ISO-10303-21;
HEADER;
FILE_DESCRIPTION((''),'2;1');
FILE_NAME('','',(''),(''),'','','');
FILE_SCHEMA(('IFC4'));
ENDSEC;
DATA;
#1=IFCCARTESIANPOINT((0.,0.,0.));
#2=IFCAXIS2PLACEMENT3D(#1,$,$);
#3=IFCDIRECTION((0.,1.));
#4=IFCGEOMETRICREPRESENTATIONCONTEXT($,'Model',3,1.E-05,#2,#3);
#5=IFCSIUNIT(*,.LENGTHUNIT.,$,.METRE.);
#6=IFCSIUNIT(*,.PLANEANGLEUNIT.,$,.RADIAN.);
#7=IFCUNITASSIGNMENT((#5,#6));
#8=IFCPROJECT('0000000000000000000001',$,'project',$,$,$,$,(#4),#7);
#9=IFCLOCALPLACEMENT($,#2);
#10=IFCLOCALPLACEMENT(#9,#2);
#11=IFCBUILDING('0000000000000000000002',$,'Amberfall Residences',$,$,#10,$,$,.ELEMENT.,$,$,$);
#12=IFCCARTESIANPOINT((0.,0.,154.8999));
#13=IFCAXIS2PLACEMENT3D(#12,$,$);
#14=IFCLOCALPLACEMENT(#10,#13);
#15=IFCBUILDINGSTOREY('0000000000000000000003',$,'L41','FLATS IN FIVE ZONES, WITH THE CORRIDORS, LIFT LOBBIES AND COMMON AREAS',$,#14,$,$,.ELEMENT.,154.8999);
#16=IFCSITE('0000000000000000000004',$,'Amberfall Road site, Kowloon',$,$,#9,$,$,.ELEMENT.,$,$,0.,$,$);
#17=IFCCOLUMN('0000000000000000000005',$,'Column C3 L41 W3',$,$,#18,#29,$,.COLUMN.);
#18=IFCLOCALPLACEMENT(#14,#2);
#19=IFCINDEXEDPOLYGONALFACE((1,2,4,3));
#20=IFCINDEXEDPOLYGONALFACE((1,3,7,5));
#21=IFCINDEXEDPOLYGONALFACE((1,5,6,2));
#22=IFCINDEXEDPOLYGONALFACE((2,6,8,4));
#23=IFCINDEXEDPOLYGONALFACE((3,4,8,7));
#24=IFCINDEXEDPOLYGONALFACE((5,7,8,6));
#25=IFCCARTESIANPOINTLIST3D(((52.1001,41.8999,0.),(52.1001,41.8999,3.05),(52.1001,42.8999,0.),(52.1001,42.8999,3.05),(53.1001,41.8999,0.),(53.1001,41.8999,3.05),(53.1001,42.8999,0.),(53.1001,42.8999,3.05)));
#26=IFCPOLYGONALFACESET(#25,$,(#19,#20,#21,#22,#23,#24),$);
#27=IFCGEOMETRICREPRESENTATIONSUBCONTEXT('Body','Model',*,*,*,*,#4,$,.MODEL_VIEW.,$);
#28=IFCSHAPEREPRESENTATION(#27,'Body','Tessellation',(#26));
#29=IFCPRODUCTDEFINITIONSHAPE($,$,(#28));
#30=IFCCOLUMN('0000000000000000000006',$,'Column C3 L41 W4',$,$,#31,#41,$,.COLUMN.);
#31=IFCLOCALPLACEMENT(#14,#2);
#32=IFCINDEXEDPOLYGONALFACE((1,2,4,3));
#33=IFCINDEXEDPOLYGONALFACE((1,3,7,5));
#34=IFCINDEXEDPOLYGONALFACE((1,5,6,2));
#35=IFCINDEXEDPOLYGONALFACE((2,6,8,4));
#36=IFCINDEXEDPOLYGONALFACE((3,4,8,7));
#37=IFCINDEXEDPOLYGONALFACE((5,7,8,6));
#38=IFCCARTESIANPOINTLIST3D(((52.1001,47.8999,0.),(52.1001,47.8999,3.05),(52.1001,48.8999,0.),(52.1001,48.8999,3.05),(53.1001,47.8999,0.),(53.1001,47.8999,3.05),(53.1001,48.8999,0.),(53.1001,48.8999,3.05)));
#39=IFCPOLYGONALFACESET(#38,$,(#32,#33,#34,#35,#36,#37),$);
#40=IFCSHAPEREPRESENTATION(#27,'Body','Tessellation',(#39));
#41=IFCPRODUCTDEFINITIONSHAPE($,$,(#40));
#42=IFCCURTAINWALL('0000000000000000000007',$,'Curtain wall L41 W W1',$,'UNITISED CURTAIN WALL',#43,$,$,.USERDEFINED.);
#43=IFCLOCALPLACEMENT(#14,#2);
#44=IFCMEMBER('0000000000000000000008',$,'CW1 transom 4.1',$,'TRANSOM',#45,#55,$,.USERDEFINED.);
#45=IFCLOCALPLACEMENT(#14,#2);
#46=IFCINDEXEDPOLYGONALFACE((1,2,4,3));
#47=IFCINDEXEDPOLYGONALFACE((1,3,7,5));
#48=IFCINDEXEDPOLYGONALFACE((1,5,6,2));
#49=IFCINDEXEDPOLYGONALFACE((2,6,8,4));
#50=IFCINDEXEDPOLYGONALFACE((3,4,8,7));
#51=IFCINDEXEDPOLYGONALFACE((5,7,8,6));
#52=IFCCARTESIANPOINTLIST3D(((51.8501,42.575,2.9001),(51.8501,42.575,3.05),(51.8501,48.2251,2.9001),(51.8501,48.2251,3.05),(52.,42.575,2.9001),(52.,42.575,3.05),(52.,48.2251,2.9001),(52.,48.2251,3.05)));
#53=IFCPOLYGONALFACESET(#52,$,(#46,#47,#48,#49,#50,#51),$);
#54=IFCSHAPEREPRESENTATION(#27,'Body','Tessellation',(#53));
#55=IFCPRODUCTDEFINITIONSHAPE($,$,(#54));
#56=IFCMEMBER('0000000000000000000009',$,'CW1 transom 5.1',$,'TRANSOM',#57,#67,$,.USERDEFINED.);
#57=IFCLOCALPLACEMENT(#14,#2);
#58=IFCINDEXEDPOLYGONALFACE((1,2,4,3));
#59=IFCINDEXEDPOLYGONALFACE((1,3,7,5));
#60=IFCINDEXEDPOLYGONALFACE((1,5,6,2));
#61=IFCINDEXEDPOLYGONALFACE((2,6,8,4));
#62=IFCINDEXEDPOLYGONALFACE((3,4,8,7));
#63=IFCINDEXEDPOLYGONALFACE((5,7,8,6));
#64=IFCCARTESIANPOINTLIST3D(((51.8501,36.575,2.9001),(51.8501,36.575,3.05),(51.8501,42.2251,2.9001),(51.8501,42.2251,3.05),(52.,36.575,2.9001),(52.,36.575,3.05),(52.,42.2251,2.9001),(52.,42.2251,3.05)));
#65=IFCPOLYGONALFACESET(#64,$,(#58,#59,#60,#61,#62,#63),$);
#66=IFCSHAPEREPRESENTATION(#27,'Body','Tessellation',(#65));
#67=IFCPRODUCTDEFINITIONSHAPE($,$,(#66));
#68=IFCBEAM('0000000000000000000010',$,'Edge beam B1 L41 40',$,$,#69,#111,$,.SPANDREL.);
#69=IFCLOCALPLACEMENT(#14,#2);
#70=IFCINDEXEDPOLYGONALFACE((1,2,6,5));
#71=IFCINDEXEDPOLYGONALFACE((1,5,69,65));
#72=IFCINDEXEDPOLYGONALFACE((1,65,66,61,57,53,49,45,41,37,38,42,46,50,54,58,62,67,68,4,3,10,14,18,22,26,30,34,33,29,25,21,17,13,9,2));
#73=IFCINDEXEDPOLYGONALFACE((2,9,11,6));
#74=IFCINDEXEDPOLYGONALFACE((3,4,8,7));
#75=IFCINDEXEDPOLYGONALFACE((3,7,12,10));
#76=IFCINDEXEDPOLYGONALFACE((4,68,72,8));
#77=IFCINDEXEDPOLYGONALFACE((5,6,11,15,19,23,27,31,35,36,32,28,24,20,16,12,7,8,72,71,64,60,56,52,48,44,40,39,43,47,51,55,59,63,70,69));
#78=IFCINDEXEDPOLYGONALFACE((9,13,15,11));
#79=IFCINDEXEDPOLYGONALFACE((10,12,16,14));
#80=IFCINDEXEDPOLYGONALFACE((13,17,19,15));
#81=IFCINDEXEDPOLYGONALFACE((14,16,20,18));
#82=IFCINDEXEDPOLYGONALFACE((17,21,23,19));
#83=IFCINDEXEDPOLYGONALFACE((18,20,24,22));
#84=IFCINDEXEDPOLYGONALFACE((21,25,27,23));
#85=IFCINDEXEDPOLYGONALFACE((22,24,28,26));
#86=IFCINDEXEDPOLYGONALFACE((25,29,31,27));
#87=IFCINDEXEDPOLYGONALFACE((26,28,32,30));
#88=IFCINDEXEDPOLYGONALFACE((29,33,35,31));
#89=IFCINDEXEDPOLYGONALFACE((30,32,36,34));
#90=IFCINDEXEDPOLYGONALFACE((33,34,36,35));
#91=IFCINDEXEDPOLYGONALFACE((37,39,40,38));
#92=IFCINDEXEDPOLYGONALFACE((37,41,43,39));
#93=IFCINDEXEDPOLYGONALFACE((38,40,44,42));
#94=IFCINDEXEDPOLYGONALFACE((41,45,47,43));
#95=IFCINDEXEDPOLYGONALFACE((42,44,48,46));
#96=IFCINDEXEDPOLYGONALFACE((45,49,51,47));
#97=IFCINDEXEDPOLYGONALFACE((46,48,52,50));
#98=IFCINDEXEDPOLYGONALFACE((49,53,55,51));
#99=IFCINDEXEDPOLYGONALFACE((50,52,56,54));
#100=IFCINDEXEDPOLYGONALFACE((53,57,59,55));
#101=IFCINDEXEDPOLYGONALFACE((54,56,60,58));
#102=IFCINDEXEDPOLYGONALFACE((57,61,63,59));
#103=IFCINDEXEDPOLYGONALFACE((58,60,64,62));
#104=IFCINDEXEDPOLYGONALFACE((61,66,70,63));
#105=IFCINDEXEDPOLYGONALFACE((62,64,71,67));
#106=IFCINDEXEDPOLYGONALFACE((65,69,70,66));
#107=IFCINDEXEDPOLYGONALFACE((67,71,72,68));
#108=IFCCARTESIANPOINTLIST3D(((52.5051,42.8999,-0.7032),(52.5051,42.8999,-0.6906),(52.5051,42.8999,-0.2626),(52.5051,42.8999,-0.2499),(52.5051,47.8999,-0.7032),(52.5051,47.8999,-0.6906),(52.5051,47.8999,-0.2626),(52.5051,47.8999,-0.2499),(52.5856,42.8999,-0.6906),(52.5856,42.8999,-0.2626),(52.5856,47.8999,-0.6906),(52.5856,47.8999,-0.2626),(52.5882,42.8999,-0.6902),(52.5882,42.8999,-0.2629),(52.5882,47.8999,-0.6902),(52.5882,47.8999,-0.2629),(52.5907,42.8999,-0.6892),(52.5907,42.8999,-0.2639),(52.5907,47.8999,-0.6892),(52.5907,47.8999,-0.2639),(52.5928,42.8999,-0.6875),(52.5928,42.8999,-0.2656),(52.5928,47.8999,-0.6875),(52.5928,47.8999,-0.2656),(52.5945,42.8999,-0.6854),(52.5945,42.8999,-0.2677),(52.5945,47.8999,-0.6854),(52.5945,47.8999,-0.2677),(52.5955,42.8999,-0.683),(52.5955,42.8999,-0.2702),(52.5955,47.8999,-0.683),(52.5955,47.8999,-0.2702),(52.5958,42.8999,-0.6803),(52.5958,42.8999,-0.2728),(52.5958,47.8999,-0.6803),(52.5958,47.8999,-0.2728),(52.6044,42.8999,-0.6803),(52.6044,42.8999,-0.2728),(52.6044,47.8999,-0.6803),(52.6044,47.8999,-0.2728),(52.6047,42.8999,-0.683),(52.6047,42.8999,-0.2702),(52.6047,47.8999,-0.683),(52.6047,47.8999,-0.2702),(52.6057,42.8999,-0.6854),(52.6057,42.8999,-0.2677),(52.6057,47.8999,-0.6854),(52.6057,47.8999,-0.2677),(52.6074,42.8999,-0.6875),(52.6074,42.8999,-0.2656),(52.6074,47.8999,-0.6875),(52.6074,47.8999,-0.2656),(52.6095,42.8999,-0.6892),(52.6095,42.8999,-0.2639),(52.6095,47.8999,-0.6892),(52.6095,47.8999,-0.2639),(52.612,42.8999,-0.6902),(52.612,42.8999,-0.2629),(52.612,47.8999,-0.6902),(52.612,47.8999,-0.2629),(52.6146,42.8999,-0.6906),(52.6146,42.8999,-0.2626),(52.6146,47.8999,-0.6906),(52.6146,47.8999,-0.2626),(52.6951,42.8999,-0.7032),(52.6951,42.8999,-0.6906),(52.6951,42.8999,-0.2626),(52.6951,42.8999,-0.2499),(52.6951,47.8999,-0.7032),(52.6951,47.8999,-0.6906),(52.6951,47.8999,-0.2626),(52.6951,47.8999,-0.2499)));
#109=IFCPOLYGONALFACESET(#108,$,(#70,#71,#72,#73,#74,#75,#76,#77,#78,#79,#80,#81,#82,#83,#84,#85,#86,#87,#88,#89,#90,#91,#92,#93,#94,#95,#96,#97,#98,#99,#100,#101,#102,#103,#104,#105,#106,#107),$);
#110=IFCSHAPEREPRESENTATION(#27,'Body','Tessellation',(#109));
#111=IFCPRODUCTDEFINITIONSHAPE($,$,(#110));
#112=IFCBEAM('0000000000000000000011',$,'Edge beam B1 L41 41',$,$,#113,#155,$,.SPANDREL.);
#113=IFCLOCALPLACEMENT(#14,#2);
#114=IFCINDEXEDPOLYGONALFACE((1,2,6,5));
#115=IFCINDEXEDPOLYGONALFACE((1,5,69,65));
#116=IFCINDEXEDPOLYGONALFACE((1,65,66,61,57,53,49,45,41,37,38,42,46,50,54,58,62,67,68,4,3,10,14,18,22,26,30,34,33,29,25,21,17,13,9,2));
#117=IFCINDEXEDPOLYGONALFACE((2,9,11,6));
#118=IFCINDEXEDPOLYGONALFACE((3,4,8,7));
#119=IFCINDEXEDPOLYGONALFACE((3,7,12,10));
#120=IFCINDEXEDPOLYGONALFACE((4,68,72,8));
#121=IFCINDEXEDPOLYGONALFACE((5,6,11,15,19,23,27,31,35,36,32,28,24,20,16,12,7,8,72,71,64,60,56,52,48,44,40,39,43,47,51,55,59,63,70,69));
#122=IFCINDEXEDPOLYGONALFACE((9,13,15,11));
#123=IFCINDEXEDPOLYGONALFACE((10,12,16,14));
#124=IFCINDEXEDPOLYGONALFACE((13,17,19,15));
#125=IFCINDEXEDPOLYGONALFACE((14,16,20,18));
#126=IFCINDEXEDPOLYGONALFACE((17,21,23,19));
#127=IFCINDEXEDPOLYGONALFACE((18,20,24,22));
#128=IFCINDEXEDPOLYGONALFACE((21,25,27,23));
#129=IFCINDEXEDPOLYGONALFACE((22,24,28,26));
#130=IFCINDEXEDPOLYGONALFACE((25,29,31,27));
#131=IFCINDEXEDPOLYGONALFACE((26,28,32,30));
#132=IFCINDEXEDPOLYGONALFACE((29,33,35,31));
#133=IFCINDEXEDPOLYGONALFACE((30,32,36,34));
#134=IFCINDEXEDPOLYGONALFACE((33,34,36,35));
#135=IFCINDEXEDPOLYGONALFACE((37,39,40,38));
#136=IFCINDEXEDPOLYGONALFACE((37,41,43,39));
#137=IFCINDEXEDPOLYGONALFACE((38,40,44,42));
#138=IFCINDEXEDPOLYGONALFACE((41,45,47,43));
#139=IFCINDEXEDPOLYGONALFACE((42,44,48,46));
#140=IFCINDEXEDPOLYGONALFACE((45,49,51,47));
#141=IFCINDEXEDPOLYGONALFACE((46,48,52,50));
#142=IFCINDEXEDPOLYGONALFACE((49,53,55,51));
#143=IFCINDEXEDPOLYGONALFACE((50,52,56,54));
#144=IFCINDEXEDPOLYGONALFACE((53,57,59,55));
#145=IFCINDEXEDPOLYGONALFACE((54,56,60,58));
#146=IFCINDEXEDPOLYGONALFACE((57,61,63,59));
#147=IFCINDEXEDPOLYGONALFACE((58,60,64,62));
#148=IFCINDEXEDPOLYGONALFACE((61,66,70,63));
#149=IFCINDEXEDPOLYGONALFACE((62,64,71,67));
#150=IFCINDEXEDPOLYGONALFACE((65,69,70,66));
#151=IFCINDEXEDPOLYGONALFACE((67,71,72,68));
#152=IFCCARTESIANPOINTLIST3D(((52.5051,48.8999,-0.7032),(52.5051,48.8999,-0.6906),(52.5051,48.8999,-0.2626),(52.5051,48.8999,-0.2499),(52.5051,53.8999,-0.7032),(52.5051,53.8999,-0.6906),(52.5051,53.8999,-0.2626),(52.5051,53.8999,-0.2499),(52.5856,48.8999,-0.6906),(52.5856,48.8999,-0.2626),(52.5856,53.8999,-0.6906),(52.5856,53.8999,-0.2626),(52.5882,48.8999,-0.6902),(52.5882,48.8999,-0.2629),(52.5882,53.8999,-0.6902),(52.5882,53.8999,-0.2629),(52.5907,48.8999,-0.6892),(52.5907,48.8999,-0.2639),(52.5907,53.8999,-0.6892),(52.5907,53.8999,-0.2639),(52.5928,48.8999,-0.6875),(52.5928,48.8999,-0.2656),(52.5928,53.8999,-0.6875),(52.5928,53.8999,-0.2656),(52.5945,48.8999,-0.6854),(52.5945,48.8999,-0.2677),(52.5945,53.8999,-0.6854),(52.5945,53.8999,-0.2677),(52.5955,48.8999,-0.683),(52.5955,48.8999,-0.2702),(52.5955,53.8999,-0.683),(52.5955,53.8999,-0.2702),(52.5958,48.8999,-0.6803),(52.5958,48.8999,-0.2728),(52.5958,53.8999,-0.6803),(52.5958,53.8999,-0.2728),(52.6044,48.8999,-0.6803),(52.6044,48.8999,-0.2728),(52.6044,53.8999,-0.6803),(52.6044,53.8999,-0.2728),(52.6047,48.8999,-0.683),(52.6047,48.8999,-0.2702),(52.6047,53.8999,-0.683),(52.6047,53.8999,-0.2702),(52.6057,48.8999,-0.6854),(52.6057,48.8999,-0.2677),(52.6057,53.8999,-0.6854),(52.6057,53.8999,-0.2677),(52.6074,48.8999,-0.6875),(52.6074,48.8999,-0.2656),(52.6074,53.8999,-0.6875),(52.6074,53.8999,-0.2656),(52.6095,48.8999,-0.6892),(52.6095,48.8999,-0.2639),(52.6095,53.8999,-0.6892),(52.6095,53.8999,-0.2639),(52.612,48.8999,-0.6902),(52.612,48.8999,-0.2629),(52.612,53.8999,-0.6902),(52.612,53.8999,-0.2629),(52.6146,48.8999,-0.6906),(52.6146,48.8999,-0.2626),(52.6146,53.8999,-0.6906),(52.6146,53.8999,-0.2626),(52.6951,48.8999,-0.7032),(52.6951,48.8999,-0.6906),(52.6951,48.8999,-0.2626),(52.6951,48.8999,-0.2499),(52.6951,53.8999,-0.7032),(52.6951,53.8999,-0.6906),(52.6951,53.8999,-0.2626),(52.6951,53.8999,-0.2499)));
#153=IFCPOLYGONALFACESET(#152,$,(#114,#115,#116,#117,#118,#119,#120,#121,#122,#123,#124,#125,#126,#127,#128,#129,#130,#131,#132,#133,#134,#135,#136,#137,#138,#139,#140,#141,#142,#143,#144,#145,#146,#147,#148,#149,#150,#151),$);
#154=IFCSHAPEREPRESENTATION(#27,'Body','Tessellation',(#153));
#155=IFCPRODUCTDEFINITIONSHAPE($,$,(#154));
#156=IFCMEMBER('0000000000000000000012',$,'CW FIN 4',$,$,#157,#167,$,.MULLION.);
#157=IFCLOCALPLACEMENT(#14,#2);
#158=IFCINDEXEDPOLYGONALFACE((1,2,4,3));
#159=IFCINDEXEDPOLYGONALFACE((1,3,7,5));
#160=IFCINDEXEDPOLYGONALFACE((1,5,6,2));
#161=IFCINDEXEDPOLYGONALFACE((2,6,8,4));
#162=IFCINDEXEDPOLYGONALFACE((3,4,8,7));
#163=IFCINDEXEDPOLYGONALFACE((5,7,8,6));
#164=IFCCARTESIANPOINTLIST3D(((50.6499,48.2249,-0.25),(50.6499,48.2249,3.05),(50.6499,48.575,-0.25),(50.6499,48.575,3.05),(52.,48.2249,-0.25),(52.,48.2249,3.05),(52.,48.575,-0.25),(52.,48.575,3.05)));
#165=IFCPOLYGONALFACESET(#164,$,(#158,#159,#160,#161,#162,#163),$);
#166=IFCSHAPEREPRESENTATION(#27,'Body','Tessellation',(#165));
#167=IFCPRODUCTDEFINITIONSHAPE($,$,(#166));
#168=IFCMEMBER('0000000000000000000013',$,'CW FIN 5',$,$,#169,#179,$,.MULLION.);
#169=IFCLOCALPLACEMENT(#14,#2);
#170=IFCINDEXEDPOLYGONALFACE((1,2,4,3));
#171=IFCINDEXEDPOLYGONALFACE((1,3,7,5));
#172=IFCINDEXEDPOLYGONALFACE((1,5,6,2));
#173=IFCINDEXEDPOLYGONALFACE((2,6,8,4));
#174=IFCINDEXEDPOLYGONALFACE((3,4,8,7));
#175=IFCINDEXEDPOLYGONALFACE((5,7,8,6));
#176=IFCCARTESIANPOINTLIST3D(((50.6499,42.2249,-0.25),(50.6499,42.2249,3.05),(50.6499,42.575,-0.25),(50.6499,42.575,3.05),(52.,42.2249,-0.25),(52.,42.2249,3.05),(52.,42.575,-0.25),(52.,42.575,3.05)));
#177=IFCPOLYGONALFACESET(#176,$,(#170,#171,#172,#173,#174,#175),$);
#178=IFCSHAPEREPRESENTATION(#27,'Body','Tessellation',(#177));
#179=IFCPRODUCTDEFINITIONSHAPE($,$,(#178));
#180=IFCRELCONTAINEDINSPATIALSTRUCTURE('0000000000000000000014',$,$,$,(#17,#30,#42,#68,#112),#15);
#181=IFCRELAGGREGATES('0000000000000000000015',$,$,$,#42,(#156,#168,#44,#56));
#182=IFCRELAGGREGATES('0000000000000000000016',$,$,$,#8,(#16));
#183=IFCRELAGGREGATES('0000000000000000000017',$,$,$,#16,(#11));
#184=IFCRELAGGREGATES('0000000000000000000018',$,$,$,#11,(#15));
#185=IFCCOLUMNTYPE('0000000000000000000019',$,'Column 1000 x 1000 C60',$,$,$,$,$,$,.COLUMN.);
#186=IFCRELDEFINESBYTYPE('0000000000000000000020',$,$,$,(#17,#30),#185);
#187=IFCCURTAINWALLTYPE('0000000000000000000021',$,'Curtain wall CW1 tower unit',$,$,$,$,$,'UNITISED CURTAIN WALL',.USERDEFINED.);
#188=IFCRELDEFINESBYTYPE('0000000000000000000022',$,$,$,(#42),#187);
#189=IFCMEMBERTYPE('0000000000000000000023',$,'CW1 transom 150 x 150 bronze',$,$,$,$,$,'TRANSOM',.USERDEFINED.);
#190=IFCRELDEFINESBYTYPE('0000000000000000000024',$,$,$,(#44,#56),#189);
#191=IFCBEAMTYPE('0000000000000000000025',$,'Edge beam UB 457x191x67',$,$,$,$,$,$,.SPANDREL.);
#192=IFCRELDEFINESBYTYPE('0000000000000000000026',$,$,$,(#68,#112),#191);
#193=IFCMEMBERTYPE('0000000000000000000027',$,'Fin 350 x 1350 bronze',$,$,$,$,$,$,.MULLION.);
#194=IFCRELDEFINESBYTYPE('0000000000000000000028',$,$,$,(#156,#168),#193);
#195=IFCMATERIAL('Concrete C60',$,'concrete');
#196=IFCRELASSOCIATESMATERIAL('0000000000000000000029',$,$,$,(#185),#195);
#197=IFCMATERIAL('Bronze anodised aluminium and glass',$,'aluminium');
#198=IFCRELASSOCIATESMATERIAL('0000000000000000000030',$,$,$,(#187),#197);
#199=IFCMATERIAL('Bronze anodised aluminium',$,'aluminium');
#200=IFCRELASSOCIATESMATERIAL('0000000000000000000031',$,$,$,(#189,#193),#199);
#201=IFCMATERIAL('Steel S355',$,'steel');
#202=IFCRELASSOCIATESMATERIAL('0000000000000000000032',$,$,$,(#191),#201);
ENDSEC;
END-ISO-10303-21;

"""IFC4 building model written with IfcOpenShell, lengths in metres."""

from ifc_helpers import new_model, si_unit, direction, frame, origin, origin_2d, place, context, subcontext, project, spatial, rectangle, i_section, extrude, material, material_profile, profile_set, type_object, element, aggregate, save


model = new_model("IFC4")

# Units and contexts
model_context = context("Model", 3, precision=1e-05, world=origin(), true_north=direction((0.0, 1.0)))
body_context = subcontext(model_context, "Body", "Model", "MODEL_VIEW")
ifc_project = project(units=[si_unit("LENGTHUNIT", "METRE"), si_unit("PLANEANGLEUNIT", "RADIAN")], contexts=[model_context])

# Site, building, storey
site_placement = place(None, origin())
site = spatial("IfcSite", under=ifc_project, at=site_placement, Name="Amberfall Road site, Kowloon", CompositionType="ELEMENT", RefElevation=0.0)
building_placement = place(site_placement, origin())
building = spatial("IfcBuilding", under=site, at=building_placement, Name="Amberfall Residences", CompositionType="ELEMENT")
storey_placement = place(building_placement, frame((0.0, 0.0, 154.8999)))
storey = spatial("IfcBuildingStorey", under=building, at=storey_placement, Name="L41", Description="FLATS IN FIVE ZONES, WITH THE CORRIDORS, LIFT LOBBIES AND COMMON AREAS", CompositionType="ELEMENT", Elevation=154.8999)

# Columns
ifc_material_1 = material(Name="Concrete C60", Category="concrete")
ifc_material_profile_1 = material_profile(ifc_material_1, rectangle(XDim=1.0, YDim=1.0, at=origin_2d()), Name="Column 1000 x 1000 C60")
ifc_profile_set_1 = profile_set([ifc_material_profile_1], Name="Concrete C60")
column_type = type_object("IfcColumnType", Name="Column 1000 x 1000 C60", PredefinedType="COLUMN", material=ifc_profile_set_1)
for number, where, z_axis, x_axis, name in (
    (1, (52.6001, 42.3999, 0.0), (0.0, 0.0, 1.0), (1.0, 0.0, 0.0), "Column C3 L41 W3"),
    (2, (52.6001, 48.3999, 0.0), (0.0, 0.0, 1.0), (1.0, 0.0, 0.0), "Column C3 L41 W4"),
):
    element("IfcColumn", number, at=place(storey_placement, frame(where, z_axis=z_axis, x_axis=x_axis)), inside=storey, type_object=column_type, Name=name, PredefinedType="COLUMN", context=body_context, shape_type="SweptSolid", body=[
        extrude(rectangle(XDim=1.0, YDim=1.0, at=origin_2d()), origin(), (0.0, 0.0, 1.0), 3.05),
    ])

# Curtain wall, members
ifc_material_2 = material(Name="Bronze anodised aluminium and glass", Category="aluminium")
curtain_wall_type = type_object("IfcCurtainWallType", Name="Curtain wall CW1 tower unit", ElementType="UNITISED CURTAIN WALL", PredefinedType="USERDEFINED", material=ifc_material_2)
curtain_wall_placement = place(storey_placement, origin())
curtain_wall = element("IfcCurtainWall", 3, at=curtain_wall_placement, inside=storey, type_object=curtain_wall_type, Name="Curtain wall L41 W W1", ObjectType="UNITISED CURTAIN WALL", PredefinedType="USERDEFINED")
ifc_material_3 = material(Name="Bronze anodised aluminium", Category="aluminium")
ifc_material_profile_2 = material_profile(ifc_material_3, rectangle(XDim=0.1499, YDim=0.1499, at=origin_2d()), Name="CW1 transom 150 x 150 bronze")
ifc_profile_set_2 = profile_set([ifc_material_profile_2], Name="Bronze anodised aluminium")
member_type_1 = type_object("IfcMemberType", Name="CW1 transom 150 x 150 bronze", ElementType="TRANSOM", PredefinedType="USERDEFINED", material=ifc_profile_set_2)
member_1_placement = place(storey_placement, frame((51.925, 48.2251, 2.9751), z_axis=(0.0, -1.0, 0.0), x_axis=(1.0, 0.0, 0.0)))
member_1 = element("IfcMember", 4, at=member_1_placement, type_object=member_type_1, Name="CW1 transom 4.1", ObjectType="TRANSOM", PredefinedType="USERDEFINED", context=body_context, shape_type="SweptSolid", body=[
    extrude(rectangle(XDim=0.1499, YDim=0.1499, at=origin_2d()), origin(), (0.0, 0.0, 1.0), 5.6501),
])
member_2_placement = place(storey_placement, frame((51.925, 42.2251, 2.9751), z_axis=(0.0, -1.0, 0.0), x_axis=(1.0, 0.0, 0.0)))
member_2 = element("IfcMember", 5, at=member_2_placement, type_object=member_type_1, Name="CW1 transom 5.1", ObjectType="TRANSOM", PredefinedType="USERDEFINED", context=body_context, shape_type="SweptSolid", body=[
    extrude(rectangle(XDim=0.1499, YDim=0.1499, at=origin_2d()), origin(), (0.0, 0.0, 1.0), 5.6501),
])

# Beams
ifc_material_4 = material(Name="Steel S355", Category="steel")
ifc_material_profile_3 = material_profile(ifc_material_4, i_section(OverallWidth=0.1899, OverallDepth=0.4534, WebThickness=0.0085, FlangeThickness=0.0127, FilletRadius=0.0103, at=origin_2d()), Name="UB 457x191x67")
ifc_profile_set_3 = profile_set([ifc_material_profile_3], Name="Steel S355")
beam_type_1 = type_object("IfcBeamType", Name="Edge beam UB 457x191x67", PredefinedType="SPANDREL", material=ifc_profile_set_3)
for number, where, z_axis, x_axis, name in (
    (6, (52.6001, 42.8999, -0.4766), (0.0, 1.0, 0.0), (-1.0, 0.0, 0.0), "Edge beam B1 L41 40"),
    (7, (52.6001, 48.8999, -0.4766), (0.0, 1.0, 0.0), (-1.0, 0.0, 0.0), "Edge beam B1 L41 41"),
):
    element("IfcBeam", number, at=place(storey_placement, frame(where, z_axis=z_axis, x_axis=x_axis)), inside=storey, type_object=beam_type_1, Name=name, PredefinedType="SPANDREL", context=body_context, shape_type="SweptSolid", body=[
        extrude(i_section(OverallWidth=0.1899, OverallDepth=0.4534, WebThickness=0.0085, FlangeThickness=0.0127, FilletRadius=0.0103, at=origin_2d()), origin(), (0.0, 0.0, 1.0), 5.0),
    ])

# Members
ifc_material_profile_4 = material_profile(ifc_material_3, rectangle(XDim=1.3501, YDim=0.3501, at=origin_2d()), Name="Fin 350 x 1350 bronze")
ifc_profile_set_4 = profile_set([ifc_material_profile_4], Name="Bronze anodised aluminium")
member_type_2 = type_object("IfcMemberType", Name="Fin 350 x 1350 bronze", PredefinedType="MULLION", material=ifc_profile_set_4)
member_3_placement = place(storey_placement, frame((51.325, 48.3999, -0.25), z_axis=(0.0, 0.0, 1.0), x_axis=(1.0, 0.0, 0.0)))
member_3 = element("IfcMember", 8, at=member_3_placement, type_object=member_type_2, Name="CW FIN 4", PredefinedType="MULLION", context=body_context, shape_type="SweptSolid", body=[
    extrude(rectangle(XDim=1.3501, YDim=0.3501, at=origin_2d()), origin(), (0.0, 0.0, 1.0), 3.3),
])
member_4_placement = place(storey_placement, frame((51.325, 42.3999, -0.25), z_axis=(0.0, 0.0, 1.0), x_axis=(1.0, 0.0, 0.0)))
member_4 = element("IfcMember", 9, at=member_4_placement, type_object=member_type_2, Name="CW FIN 5", PredefinedType="MULLION", context=body_context, shape_type="SweptSolid", body=[
    extrude(rectangle(XDim=1.3501, YDim=0.3501, at=origin_2d()), origin(), (0.0, 0.0, 1.0), 3.3),
])

aggregate(curtain_wall, [member_3, member_4, member_1, member_2])

save(model, "model.ifc")
